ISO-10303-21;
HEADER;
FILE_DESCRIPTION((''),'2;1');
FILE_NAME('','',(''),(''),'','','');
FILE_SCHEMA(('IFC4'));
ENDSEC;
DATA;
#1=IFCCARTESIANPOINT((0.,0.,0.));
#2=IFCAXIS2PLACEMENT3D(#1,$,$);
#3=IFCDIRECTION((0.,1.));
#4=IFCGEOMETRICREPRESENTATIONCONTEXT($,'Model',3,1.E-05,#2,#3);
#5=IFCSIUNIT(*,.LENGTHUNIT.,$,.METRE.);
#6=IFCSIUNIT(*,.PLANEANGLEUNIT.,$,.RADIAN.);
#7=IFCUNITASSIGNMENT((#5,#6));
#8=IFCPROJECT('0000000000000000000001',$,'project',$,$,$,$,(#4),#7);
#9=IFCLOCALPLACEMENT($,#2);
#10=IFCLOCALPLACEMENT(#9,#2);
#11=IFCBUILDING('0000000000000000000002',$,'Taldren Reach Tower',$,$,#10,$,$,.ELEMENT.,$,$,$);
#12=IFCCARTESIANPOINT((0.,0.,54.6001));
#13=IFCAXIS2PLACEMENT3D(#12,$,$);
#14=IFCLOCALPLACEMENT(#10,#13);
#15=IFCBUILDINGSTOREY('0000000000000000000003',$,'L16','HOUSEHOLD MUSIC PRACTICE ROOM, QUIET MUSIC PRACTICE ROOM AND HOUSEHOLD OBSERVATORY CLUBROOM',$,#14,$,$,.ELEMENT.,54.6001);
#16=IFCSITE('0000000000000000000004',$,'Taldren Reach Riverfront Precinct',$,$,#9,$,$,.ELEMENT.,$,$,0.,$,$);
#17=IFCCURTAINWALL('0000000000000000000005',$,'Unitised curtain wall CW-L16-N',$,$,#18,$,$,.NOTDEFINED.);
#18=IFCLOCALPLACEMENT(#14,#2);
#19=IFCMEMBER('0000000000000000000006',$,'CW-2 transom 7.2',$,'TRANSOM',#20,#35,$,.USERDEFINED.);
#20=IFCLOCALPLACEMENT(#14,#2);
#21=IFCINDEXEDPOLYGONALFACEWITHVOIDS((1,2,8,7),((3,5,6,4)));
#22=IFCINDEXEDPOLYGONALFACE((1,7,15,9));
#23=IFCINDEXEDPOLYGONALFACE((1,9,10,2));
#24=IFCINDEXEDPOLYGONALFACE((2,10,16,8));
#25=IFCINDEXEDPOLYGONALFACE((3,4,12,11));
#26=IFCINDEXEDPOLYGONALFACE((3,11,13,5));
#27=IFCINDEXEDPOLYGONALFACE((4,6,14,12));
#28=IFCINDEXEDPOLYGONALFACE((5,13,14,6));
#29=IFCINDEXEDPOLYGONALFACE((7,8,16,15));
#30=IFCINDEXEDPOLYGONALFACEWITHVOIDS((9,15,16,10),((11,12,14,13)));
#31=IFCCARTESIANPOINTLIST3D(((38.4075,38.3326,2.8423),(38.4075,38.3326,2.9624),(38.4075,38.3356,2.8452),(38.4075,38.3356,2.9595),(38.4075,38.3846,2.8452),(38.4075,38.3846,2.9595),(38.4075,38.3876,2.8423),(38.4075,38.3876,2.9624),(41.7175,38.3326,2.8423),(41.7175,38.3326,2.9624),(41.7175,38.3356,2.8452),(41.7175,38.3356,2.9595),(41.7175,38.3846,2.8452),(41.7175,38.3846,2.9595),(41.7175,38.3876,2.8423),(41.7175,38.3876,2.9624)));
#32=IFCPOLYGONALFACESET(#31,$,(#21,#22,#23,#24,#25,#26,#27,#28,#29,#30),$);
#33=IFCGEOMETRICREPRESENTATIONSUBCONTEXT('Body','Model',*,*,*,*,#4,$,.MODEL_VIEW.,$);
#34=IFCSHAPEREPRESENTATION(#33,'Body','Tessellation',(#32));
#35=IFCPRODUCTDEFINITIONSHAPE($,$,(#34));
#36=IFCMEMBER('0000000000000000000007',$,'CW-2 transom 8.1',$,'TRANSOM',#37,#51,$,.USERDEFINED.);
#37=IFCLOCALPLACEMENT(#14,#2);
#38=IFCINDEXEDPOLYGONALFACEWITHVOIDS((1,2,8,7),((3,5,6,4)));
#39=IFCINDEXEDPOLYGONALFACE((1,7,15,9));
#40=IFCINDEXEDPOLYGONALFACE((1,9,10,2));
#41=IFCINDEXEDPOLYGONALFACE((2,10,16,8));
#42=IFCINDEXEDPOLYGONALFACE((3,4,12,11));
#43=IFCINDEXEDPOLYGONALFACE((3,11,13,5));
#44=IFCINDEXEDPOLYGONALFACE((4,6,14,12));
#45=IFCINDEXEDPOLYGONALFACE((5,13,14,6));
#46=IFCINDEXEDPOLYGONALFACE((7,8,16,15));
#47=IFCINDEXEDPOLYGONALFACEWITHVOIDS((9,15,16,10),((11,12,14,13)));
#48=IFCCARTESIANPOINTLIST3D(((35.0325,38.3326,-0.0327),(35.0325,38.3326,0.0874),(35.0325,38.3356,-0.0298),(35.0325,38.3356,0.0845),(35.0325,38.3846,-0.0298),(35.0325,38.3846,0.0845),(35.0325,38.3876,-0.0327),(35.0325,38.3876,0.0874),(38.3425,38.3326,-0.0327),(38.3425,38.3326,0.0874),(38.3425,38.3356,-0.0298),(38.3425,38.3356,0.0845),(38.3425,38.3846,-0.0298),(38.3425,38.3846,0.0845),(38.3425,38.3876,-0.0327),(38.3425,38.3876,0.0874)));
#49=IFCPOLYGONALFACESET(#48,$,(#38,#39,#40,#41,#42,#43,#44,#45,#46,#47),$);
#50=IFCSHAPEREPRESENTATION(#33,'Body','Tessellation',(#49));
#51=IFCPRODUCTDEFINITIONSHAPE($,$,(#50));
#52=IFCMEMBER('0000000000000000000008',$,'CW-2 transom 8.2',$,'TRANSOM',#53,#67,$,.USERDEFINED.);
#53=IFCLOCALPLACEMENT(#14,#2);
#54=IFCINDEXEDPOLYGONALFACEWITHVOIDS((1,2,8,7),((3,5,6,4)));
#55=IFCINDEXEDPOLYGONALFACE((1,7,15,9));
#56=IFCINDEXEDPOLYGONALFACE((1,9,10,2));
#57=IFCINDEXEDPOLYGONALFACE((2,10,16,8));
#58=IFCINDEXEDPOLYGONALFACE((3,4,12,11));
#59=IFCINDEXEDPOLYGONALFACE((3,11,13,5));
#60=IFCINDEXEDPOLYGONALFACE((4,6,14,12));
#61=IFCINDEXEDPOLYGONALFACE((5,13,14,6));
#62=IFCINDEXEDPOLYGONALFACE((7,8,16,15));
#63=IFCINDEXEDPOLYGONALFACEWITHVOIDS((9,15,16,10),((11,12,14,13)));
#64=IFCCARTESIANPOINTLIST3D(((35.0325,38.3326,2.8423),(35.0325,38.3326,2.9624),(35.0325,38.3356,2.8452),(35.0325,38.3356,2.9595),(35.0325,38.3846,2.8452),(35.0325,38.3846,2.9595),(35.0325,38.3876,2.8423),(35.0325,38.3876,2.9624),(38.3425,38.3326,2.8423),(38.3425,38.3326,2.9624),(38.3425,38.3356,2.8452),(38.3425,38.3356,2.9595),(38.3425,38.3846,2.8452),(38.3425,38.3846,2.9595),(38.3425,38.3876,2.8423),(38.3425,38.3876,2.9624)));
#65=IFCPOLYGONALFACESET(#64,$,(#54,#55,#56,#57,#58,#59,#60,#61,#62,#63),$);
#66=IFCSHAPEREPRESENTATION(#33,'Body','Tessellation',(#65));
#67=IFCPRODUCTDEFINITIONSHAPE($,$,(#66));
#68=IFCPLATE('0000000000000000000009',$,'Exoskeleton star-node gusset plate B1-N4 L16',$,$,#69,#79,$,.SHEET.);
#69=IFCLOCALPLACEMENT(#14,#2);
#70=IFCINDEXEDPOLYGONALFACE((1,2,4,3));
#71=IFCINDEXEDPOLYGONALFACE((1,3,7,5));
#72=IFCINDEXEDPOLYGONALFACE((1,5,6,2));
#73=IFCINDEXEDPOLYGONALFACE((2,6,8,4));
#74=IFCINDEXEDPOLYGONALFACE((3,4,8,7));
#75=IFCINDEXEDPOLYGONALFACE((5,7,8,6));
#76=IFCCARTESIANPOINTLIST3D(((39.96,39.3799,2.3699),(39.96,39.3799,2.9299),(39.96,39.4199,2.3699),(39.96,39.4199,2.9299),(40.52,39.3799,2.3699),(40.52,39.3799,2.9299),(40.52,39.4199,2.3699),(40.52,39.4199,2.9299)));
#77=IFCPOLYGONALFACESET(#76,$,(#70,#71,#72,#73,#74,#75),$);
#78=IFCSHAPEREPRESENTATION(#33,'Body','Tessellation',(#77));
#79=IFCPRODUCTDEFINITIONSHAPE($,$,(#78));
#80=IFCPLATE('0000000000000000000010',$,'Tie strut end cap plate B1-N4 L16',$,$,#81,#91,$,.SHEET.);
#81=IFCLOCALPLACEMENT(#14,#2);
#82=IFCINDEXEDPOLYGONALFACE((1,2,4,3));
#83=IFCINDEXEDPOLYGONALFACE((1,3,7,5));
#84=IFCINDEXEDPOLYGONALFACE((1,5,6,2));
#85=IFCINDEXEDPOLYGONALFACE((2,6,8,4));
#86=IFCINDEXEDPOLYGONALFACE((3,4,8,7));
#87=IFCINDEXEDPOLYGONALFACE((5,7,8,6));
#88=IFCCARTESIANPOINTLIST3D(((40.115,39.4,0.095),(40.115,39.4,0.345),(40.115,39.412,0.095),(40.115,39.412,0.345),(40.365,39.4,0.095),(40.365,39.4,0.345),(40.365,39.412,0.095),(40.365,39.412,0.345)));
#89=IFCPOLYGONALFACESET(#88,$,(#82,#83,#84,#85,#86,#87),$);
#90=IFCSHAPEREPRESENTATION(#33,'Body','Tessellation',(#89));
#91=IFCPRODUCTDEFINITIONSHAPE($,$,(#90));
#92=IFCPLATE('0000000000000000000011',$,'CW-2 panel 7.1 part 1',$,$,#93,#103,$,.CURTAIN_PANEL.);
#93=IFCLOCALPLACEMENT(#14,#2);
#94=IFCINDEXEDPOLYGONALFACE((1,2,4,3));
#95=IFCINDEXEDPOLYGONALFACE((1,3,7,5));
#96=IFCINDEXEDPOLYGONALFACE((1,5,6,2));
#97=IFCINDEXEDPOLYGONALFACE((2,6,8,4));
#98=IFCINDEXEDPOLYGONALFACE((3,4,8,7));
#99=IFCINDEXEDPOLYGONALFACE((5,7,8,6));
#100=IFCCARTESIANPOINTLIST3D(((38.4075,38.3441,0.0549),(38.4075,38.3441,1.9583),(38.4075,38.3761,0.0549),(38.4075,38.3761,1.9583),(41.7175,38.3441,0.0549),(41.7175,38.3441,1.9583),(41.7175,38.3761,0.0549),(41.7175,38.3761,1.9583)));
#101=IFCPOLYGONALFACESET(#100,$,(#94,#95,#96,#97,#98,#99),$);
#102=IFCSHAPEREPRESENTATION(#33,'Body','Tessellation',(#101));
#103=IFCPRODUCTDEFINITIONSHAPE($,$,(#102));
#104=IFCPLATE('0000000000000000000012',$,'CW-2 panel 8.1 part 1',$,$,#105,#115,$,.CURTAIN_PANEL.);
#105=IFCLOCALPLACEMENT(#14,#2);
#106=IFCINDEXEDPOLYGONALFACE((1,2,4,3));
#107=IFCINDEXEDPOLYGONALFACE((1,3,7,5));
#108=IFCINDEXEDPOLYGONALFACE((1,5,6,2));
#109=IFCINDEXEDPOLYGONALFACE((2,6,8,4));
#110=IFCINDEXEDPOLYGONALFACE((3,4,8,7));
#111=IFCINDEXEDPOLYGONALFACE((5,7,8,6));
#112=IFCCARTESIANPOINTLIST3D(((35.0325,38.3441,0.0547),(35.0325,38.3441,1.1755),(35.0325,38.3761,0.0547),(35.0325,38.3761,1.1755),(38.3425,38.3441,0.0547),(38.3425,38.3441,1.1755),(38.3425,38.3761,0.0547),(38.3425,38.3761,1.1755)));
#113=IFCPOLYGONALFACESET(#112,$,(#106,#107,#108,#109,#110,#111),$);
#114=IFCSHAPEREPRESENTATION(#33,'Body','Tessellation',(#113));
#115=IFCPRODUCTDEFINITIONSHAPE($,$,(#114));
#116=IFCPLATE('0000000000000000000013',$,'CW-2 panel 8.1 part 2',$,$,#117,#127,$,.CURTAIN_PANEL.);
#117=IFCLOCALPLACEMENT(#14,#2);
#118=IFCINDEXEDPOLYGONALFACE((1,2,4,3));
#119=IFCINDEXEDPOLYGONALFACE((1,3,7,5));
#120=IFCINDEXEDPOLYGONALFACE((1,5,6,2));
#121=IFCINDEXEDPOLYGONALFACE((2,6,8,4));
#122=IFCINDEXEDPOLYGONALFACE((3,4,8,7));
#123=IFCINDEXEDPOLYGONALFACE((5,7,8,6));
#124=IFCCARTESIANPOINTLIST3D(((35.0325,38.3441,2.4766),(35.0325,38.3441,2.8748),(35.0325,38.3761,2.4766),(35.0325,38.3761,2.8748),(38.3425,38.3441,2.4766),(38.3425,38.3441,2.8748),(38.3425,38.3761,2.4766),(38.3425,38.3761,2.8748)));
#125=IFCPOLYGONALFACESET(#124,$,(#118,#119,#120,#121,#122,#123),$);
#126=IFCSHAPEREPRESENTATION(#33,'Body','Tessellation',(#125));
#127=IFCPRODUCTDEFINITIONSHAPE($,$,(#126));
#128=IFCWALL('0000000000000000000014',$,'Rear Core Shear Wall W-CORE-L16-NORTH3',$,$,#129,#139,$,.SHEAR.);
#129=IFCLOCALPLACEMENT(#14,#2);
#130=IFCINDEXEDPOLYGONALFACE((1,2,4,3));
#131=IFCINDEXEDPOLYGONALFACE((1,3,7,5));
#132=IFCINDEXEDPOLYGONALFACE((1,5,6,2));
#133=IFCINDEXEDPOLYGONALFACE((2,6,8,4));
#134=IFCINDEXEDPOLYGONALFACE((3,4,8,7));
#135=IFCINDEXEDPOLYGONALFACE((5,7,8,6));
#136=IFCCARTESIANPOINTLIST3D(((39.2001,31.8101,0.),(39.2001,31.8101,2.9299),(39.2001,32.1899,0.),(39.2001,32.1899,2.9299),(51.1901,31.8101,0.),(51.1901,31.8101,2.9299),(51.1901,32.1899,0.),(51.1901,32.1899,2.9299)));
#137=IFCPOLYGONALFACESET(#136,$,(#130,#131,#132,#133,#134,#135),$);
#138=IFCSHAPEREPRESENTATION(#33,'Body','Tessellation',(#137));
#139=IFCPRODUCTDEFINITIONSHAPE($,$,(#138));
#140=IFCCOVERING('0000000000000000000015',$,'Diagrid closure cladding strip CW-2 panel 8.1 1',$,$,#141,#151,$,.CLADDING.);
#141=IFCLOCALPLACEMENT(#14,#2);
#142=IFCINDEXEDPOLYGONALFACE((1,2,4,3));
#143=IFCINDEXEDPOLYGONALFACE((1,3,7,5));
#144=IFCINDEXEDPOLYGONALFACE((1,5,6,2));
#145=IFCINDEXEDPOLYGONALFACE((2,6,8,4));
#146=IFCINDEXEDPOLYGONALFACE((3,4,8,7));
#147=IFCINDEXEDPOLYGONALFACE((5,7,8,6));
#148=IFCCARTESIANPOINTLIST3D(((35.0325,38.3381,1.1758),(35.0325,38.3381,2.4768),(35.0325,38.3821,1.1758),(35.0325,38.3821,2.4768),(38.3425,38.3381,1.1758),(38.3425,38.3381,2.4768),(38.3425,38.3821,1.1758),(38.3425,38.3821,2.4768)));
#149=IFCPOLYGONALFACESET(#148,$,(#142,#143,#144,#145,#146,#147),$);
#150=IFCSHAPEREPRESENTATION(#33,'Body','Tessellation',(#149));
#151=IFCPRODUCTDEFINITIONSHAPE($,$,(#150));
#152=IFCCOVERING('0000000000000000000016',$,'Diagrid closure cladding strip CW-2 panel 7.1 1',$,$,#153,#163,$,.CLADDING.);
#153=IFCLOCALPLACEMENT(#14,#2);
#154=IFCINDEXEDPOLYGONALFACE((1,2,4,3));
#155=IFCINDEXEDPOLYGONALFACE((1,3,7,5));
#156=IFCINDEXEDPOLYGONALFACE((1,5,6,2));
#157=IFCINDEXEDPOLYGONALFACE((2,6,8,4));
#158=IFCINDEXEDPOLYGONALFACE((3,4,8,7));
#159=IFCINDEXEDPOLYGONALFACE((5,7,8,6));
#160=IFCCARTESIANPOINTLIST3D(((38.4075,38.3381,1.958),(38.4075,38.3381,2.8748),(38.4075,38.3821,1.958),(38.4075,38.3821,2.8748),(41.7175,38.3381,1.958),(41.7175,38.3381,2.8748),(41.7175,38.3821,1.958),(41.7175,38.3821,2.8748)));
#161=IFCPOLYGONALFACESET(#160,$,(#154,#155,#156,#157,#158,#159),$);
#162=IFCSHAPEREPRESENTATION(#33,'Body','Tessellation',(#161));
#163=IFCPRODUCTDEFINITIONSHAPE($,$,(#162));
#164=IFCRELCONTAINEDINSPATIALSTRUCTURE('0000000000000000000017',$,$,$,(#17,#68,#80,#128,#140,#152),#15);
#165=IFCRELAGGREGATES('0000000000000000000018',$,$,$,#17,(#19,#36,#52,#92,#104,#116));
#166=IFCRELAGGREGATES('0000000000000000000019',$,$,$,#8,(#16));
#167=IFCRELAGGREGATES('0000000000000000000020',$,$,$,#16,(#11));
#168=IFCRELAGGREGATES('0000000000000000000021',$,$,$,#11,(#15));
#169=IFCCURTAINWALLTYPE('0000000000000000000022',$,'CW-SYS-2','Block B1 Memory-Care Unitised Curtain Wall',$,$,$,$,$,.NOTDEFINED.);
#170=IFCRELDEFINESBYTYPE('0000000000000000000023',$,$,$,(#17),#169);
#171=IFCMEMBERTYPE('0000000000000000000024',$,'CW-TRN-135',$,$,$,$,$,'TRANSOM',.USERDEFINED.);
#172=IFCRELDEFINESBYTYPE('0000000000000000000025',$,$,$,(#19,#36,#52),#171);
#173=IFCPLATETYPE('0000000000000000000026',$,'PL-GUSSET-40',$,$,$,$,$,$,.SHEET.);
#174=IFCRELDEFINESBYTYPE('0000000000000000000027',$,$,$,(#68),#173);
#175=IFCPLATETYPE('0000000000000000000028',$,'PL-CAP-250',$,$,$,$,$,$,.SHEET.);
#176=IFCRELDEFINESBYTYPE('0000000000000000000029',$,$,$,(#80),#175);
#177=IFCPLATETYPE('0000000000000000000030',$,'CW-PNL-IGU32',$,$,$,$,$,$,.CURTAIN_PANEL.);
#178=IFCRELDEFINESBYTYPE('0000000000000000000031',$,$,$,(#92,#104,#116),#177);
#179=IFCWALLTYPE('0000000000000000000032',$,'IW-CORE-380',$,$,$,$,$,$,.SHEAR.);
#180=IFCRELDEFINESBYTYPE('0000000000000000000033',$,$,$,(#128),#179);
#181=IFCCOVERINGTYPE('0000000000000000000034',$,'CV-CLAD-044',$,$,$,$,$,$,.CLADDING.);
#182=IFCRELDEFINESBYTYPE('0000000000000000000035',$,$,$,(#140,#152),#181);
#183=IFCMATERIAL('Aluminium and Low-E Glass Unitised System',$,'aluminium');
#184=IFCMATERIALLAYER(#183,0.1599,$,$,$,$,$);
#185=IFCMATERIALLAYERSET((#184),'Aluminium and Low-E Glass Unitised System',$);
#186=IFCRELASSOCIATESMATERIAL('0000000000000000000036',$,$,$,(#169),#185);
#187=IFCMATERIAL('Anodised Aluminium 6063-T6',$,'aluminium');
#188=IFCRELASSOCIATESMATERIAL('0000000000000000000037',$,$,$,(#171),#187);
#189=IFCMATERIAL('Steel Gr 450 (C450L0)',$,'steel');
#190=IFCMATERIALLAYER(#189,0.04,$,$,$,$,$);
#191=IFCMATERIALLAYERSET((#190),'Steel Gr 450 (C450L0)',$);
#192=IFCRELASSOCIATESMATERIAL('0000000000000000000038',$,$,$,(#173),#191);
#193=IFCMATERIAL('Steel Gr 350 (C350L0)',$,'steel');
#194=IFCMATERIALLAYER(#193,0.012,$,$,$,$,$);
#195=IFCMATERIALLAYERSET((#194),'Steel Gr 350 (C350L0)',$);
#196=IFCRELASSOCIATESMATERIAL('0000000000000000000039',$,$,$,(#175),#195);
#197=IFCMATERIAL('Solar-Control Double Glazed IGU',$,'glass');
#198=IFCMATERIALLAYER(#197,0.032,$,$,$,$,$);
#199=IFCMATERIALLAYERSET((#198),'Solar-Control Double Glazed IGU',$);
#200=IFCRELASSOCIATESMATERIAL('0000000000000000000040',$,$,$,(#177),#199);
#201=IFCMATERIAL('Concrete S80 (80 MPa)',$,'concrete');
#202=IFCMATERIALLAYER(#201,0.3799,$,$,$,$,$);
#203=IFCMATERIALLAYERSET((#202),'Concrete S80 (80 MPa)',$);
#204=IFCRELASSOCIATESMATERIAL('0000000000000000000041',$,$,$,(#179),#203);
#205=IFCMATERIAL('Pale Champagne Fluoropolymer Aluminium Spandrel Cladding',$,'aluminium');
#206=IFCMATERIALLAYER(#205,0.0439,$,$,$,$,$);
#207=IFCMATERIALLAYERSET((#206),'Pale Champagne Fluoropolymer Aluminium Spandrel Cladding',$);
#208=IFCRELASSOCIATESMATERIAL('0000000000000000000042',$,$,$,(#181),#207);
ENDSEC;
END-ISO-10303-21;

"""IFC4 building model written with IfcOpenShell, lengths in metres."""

from ifc_helpers import new_model, si_unit, direction, frame, frame_2d, origin, origin_2d, place, context, subcontext, project, spatial, rectangle, hollow_rectangle, extrude, source, transform, mapped, material, layer, layer_set, material_profile, profile_set, type_object, element, aggregate, save


model = new_model("IFC4")

# Units and contexts
model_context = context("Model", 3, precision=1e-05, world=origin(), true_north=direction((0.0, 1.0)))
body_context = subcontext(model_context, "Body", "Model", "MODEL_VIEW")
ifc_project = project(units=[si_unit("LENGTHUNIT", "METRE"), si_unit("PLANEANGLEUNIT", "RADIAN")], contexts=[model_context])

# Site, building, storey
site_placement = place(None, origin())
site = spatial("IfcSite", under=ifc_project, at=site_placement, Name="Taldren Reach Riverfront Precinct", CompositionType="ELEMENT", RefElevation=0.0)
building_placement = place(site_placement, origin())
building = spatial("IfcBuilding", under=site, at=building_placement, Name="Taldren Reach Tower", CompositionType="ELEMENT")
storey_placement = place(building_placement, frame((0.0, 0.0, 54.6001)))
storey = spatial("IfcBuildingStorey", under=building, at=storey_placement, Name="L16", Description="HOUSEHOLD MUSIC PRACTICE ROOM, QUIET MUSIC PRACTICE ROOM AND HOUSEHOLD OBSERVATORY CLUBROOM", CompositionType="ELEMENT", Elevation=54.6001)

# Shared definitions
ifc_material_1 = material(Name="Steel Gr 450 (C450L0)", Category="steel")
ifc_material_2 = material(Name="Steel Gr 350 (C350L0)", Category="steel")

# Curtain wall, members
ifc_material_3 = material(Name="Aluminium and Low-E Glass Unitised System", Category="aluminium")
ifc_layer_1 = layer(ifc_material_3, 0.1599)
ifc_layer_set_1 = layer_set([ifc_layer_1], Name="Aluminium and Low-E Glass Unitised System")
curtain_wall_type = type_object("IfcCurtainWallType", Name="CW-SYS-2", Description="Block B1 Memory-Care Unitised Curtain Wall", PredefinedType="NOTDEFINED", material=ifc_layer_set_1)
curtain_wall_placement = place(storey_placement, origin())
curtain_wall = element("IfcCurtainWall", 1, at=curtain_wall_placement, inside=storey, type_object=curtain_wall_type, Name="Unitised curtain wall CW-L16-N", PredefinedType="NOTDEFINED")
ifc_material_4 = material(Name="Anodised Aluminium 6063-T6", Category="aluminium")
ifc_material_profile_1 = material_profile(ifc_material_4, hollow_rectangle(XDim=0.0549, YDim=0.1201, WallThickness=0.0029, at=origin_2d()), Name="ALU-120x55x3RHS")
ifc_profile_set_1 = profile_set([ifc_material_profile_1], Name="Anodised Aluminium 6063-T6")
member_type_1 = type_object("IfcMemberType", Name="CW-TRN-135", ElementType="TRANSOM", PredefinedType="USERDEFINED", material=ifc_profile_set_1)
shared_shape_1 = source(origin(), body_context, "Body", "SweptSolid", [
    extrude(hollow_rectangle(XDim=0.0549, YDim=0.1201, WallThickness=0.0029, at=origin_2d()), origin(), (0.0, 0.0, 1.0), 3.3101),
])
member_1_placement = place(storey_placement, frame((41.7175, 38.3601, 2.9023), z_axis=(-1.0, 0.0, 0.0), x_axis=(0.0, -1.0, 0.0)))
member_1 = element("IfcMember", 2, at=member_1_placement, type_object=member_type_1, Name="CW-2 transom 7.2", ObjectType="TRANSOM", PredefinedType="USERDEFINED", context=body_context, shape_type="MappedRepresentation", body=[
    mapped(shared_shape_1, transform((0.0, 0.0, 0.0), scale=1.0)),
])
member_2_placement = place(storey_placement, frame((38.3425, 38.3601, 0.0273), z_axis=(-1.0, 0.0, 0.0), x_axis=(0.0, -1.0, 0.0)))
member_2 = element("IfcMember", 3, at=member_2_placement, type_object=member_type_1, Name="CW-2 transom 8.1", ObjectType="TRANSOM", PredefinedType="USERDEFINED", context=body_context, shape_type="MappedRepresentation", body=[
    mapped(shared_shape_1, transform((0.0, 0.0, 0.0), scale=1.0)),
])
member_3_placement = place(storey_placement, frame((38.3425, 38.3601, 2.9023), z_axis=(-1.0, 0.0, 0.0), x_axis=(0.0, -1.0, 0.0)))
member_3 = element("IfcMember", 4, at=member_3_placement, type_object=member_type_1, Name="CW-2 transom 8.2", ObjectType="TRANSOM", PredefinedType="USERDEFINED", context=body_context, shape_type="MappedRepresentation", body=[
    mapped(shared_shape_1, transform((0.0, 0.0, 0.0), scale=1.0)),
])

# Plates
ifc_layer_2 = layer(ifc_material_1, 0.04)
ifc_layer_set_2 = layer_set([ifc_layer_2], Name="Steel Gr 450 (C450L0)")
plate_type_1 = type_object("IfcPlateType", Name="PL-GUSSET-40", PredefinedType="SHEET", material=ifc_layer_set_2)
shared_shape_2 = source(origin(), body_context, "Body", "SweptSolid", [
    extrude(rectangle(XDim=0.5601, YDim=0.04, at=origin_2d()), origin(), (0.0, 0.0, 1.0), 0.5601),
])
plate_1_placement = place(storey_placement, frame((40.24, 39.3999, 2.3699), z_axis=(0.0, 0.0, 1.0), x_axis=(1.0, 0.0, 0.0)))
element("IfcPlate", 5, at=plate_1_placement, inside=storey, type_object=plate_type_1, Name="Exoskeleton star-node gusset plate B1-N4 L16", PredefinedType="SHEET", context=body_context, shape_type="MappedRepresentation", body=[
    mapped(shared_shape_2, transform((0.0, 0.0, 0.0), scale=1.0)),
])
ifc_layer_3 = layer(ifc_material_2, 0.012)
ifc_layer_set_3 = layer_set([ifc_layer_3], Name="Steel Gr 350 (C350L0)")
plate_type_2 = type_object("IfcPlateType", Name="PL-CAP-250", PredefinedType="SHEET", material=ifc_layer_set_3)
shared_shape_3 = source(origin(), body_context, "Body", "SweptSolid", [
    extrude(rectangle(XDim=0.25, YDim=0.012, at=origin_2d()), origin(), (0.0, 0.0, 1.0), 0.25),
])
plate_2_placement = place(storey_placement, frame((40.24, 39.406, 0.095), z_axis=(0.0, 0.0, 1.0), x_axis=(1.0, 0.0, 0.0)))
element("IfcPlate", 6, at=plate_2_placement, inside=storey, type_object=plate_type_2, Name="Tie strut end cap plate B1-N4 L16", PredefinedType="SHEET", context=body_context, shape_type="MappedRepresentation", body=[
    mapped(shared_shape_3, transform((0.0, 0.0, 0.0), scale=1.0)),
])

# Plates
ifc_material_5 = material(Name="Solar-Control Double Glazed IGU", Category="glass")
ifc_layer_4 = layer(ifc_material_5, 0.032)
ifc_layer_set_4 = layer_set([ifc_layer_4], Name="Solar-Control Double Glazed IGU")
plate_type_3 = type_object("IfcPlateType", Name="CW-PNL-IGU32", PredefinedType="CURTAIN_PANEL", material=ifc_layer_set_4)
shared_shape_4 = source(origin(), body_context, "Body", "SweptSolid", [
    extrude(rectangle(XDim=3.3101, YDim=0.032, at=origin_2d()), origin(), (0.0, 0.0, 1.0), 1.9033),
])
plate_3_placement = place(storey_placement, frame((40.0625, 38.3601, 0.0549), z_axis=(0.0, 0.0, 1.0), x_axis=(-1.0, 0.0, 0.0)))
plate_3 = element("IfcPlate", 7, at=plate_3_placement, type_object=plate_type_3, Name="CW-2 panel 7.1 part 1", PredefinedType="CURTAIN_PANEL", context=body_context, shape_type="MappedRepresentation", body=[
    mapped(shared_shape_4, transform((0.0, 0.0, 0.0), scale=1.0)),
])
shared_shape_5 = source(origin(), body_context, "Body", "SweptSolid", [
    extrude(rectangle(XDim=3.3101, YDim=0.032, at=origin_2d()), origin(), (0.0, 0.0, 1.0), 1.1208),
])
plate_4_placement = place(storey_placement, frame((36.6875, 38.3601, 0.0547), z_axis=(0.0, 0.0, 1.0), x_axis=(-1.0, 0.0, 0.0)))
plate_4 = element("IfcPlate", 8, at=plate_4_placement, type_object=plate_type_3, Name="CW-2 panel 8.1 part 1", PredefinedType="CURTAIN_PANEL", context=body_context, shape_type="MappedRepresentation", body=[
    mapped(shared_shape_5, transform((0.0, 0.0, 0.0), scale=1.0)),
])
shared_shape_6 = source(origin(), body_context, "Body", "SweptSolid", [
    extrude(rectangle(XDim=3.3101, YDim=0.032, at=origin_2d()), origin(), (0.0, 0.0, 1.0), 0.3982),
])
plate_5_placement = place(storey_placement, frame((36.6875, 38.3601, 2.4766), z_axis=(0.0, 0.0, 1.0), x_axis=(-1.0, 0.0, 0.0)))
plate_5 = element("IfcPlate", 9, at=plate_5_placement, type_object=plate_type_3, Name="CW-2 panel 8.1 part 2", PredefinedType="CURTAIN_PANEL", context=body_context, shape_type="MappedRepresentation", body=[
    mapped(shared_shape_6, transform((0.0, 0.0, 0.0), scale=1.0)),
])
aggregate(curtain_wall, [member_1, member_2, member_3, plate_3, plate_4, plate_5])

# Wall
ifc_material_6 = material(Name="Concrete S80 (80 MPa)", Category="concrete")
ifc_layer_5 = layer(ifc_material_6, 0.3799)
ifc_layer_set_5 = layer_set([ifc_layer_5], Name="Concrete S80 (80 MPa)")
wall_type = type_object("IfcWallType", Name="IW-CORE-380", PredefinedType="SHEAR", material=ifc_layer_set_5)
shared_shape_7 = source(origin(), body_context, "Body", "SweptSolid", [
    extrude(rectangle(XDim=11.99, YDim=0.3799, at=frame_2d((5.9951, 0.0))), origin(), (0.0, 0.0, 1.0), 2.9299),
])
wall_placement = place(storey_placement, frame((39.2, 32.0, 0.0), z_axis=(0.0, 0.0, 1.0), x_axis=(1.0, 0.0, 0.0)))
element("IfcWall", 10, at=wall_placement, inside=storey, type_object=wall_type, Name="Rear Core Shear Wall W-CORE-L16-NORTH3", PredefinedType="SHEAR", context=body_context, shape_type="MappedRepresentation", body=[
    mapped(shared_shape_7, transform((0.0, 0.0, 0.0), scale=1.0)),
])

# Coverings
ifc_material_7 = material(Name="Pale Champagne Fluoropolymer Aluminium Spandrel Cladding", Category="aluminium")
ifc_layer_6 = layer(ifc_material_7, 0.0439)
ifc_layer_set_6 = layer_set([ifc_layer_6], Name="Pale Champagne Fluoropolymer Aluminium Spandrel Cladding")
covering_type = type_object("IfcCoveringType", Name="CV-CLAD-044", PredefinedType="CLADDING", material=ifc_layer_set_6)
shared_shape_8 = source(origin(), body_context, "Body", "SweptSolid", [
    extrude(rectangle(XDim=3.3101, YDim=0.0439, at=origin_2d()), origin(), (0.0, 0.0, 1.0), 1.301),
])
covering_1_placement = place(storey_placement, frame((36.6875, 38.3601, 1.1758), z_axis=(0.0, 0.0, 1.0), x_axis=(-1.0, 0.0, 0.0)))
element("IfcCovering", 11, at=covering_1_placement, inside=storey, type_object=covering_type, Name="Diagrid closure cladding strip CW-2 panel 8.1 1", PredefinedType="CLADDING", context=body_context, shape_type="MappedRepresentation", body=[
    mapped(shared_shape_8, transform((0.0, 0.0, 0.0), scale=1.0)),
])
shared_shape_9 = source(origin(), body_context, "Body", "SweptSolid", [
    extrude(rectangle(XDim=3.3101, YDim=0.0439, at=origin_2d()), origin(), (0.0, 0.0, 1.0), 0.9167),
])
covering_2_placement = place(storey_placement, frame((40.0625, 38.3601, 1.958), z_axis=(0.0, 0.0, 1.0), x_axis=(-1.0, 0.0, 0.0)))
element("IfcCovering", 12, at=covering_2_placement, inside=storey, type_object=covering_type, Name="Diagrid closure cladding strip CW-2 panel 7.1 1", PredefinedType="CLADDING", context=body_context, shape_type="MappedRepresentation", body=[
    mapped(shared_shape_9, transform((0.0, 0.0, 0.0), scale=1.0)),
])

save(model, "model.ifc")
